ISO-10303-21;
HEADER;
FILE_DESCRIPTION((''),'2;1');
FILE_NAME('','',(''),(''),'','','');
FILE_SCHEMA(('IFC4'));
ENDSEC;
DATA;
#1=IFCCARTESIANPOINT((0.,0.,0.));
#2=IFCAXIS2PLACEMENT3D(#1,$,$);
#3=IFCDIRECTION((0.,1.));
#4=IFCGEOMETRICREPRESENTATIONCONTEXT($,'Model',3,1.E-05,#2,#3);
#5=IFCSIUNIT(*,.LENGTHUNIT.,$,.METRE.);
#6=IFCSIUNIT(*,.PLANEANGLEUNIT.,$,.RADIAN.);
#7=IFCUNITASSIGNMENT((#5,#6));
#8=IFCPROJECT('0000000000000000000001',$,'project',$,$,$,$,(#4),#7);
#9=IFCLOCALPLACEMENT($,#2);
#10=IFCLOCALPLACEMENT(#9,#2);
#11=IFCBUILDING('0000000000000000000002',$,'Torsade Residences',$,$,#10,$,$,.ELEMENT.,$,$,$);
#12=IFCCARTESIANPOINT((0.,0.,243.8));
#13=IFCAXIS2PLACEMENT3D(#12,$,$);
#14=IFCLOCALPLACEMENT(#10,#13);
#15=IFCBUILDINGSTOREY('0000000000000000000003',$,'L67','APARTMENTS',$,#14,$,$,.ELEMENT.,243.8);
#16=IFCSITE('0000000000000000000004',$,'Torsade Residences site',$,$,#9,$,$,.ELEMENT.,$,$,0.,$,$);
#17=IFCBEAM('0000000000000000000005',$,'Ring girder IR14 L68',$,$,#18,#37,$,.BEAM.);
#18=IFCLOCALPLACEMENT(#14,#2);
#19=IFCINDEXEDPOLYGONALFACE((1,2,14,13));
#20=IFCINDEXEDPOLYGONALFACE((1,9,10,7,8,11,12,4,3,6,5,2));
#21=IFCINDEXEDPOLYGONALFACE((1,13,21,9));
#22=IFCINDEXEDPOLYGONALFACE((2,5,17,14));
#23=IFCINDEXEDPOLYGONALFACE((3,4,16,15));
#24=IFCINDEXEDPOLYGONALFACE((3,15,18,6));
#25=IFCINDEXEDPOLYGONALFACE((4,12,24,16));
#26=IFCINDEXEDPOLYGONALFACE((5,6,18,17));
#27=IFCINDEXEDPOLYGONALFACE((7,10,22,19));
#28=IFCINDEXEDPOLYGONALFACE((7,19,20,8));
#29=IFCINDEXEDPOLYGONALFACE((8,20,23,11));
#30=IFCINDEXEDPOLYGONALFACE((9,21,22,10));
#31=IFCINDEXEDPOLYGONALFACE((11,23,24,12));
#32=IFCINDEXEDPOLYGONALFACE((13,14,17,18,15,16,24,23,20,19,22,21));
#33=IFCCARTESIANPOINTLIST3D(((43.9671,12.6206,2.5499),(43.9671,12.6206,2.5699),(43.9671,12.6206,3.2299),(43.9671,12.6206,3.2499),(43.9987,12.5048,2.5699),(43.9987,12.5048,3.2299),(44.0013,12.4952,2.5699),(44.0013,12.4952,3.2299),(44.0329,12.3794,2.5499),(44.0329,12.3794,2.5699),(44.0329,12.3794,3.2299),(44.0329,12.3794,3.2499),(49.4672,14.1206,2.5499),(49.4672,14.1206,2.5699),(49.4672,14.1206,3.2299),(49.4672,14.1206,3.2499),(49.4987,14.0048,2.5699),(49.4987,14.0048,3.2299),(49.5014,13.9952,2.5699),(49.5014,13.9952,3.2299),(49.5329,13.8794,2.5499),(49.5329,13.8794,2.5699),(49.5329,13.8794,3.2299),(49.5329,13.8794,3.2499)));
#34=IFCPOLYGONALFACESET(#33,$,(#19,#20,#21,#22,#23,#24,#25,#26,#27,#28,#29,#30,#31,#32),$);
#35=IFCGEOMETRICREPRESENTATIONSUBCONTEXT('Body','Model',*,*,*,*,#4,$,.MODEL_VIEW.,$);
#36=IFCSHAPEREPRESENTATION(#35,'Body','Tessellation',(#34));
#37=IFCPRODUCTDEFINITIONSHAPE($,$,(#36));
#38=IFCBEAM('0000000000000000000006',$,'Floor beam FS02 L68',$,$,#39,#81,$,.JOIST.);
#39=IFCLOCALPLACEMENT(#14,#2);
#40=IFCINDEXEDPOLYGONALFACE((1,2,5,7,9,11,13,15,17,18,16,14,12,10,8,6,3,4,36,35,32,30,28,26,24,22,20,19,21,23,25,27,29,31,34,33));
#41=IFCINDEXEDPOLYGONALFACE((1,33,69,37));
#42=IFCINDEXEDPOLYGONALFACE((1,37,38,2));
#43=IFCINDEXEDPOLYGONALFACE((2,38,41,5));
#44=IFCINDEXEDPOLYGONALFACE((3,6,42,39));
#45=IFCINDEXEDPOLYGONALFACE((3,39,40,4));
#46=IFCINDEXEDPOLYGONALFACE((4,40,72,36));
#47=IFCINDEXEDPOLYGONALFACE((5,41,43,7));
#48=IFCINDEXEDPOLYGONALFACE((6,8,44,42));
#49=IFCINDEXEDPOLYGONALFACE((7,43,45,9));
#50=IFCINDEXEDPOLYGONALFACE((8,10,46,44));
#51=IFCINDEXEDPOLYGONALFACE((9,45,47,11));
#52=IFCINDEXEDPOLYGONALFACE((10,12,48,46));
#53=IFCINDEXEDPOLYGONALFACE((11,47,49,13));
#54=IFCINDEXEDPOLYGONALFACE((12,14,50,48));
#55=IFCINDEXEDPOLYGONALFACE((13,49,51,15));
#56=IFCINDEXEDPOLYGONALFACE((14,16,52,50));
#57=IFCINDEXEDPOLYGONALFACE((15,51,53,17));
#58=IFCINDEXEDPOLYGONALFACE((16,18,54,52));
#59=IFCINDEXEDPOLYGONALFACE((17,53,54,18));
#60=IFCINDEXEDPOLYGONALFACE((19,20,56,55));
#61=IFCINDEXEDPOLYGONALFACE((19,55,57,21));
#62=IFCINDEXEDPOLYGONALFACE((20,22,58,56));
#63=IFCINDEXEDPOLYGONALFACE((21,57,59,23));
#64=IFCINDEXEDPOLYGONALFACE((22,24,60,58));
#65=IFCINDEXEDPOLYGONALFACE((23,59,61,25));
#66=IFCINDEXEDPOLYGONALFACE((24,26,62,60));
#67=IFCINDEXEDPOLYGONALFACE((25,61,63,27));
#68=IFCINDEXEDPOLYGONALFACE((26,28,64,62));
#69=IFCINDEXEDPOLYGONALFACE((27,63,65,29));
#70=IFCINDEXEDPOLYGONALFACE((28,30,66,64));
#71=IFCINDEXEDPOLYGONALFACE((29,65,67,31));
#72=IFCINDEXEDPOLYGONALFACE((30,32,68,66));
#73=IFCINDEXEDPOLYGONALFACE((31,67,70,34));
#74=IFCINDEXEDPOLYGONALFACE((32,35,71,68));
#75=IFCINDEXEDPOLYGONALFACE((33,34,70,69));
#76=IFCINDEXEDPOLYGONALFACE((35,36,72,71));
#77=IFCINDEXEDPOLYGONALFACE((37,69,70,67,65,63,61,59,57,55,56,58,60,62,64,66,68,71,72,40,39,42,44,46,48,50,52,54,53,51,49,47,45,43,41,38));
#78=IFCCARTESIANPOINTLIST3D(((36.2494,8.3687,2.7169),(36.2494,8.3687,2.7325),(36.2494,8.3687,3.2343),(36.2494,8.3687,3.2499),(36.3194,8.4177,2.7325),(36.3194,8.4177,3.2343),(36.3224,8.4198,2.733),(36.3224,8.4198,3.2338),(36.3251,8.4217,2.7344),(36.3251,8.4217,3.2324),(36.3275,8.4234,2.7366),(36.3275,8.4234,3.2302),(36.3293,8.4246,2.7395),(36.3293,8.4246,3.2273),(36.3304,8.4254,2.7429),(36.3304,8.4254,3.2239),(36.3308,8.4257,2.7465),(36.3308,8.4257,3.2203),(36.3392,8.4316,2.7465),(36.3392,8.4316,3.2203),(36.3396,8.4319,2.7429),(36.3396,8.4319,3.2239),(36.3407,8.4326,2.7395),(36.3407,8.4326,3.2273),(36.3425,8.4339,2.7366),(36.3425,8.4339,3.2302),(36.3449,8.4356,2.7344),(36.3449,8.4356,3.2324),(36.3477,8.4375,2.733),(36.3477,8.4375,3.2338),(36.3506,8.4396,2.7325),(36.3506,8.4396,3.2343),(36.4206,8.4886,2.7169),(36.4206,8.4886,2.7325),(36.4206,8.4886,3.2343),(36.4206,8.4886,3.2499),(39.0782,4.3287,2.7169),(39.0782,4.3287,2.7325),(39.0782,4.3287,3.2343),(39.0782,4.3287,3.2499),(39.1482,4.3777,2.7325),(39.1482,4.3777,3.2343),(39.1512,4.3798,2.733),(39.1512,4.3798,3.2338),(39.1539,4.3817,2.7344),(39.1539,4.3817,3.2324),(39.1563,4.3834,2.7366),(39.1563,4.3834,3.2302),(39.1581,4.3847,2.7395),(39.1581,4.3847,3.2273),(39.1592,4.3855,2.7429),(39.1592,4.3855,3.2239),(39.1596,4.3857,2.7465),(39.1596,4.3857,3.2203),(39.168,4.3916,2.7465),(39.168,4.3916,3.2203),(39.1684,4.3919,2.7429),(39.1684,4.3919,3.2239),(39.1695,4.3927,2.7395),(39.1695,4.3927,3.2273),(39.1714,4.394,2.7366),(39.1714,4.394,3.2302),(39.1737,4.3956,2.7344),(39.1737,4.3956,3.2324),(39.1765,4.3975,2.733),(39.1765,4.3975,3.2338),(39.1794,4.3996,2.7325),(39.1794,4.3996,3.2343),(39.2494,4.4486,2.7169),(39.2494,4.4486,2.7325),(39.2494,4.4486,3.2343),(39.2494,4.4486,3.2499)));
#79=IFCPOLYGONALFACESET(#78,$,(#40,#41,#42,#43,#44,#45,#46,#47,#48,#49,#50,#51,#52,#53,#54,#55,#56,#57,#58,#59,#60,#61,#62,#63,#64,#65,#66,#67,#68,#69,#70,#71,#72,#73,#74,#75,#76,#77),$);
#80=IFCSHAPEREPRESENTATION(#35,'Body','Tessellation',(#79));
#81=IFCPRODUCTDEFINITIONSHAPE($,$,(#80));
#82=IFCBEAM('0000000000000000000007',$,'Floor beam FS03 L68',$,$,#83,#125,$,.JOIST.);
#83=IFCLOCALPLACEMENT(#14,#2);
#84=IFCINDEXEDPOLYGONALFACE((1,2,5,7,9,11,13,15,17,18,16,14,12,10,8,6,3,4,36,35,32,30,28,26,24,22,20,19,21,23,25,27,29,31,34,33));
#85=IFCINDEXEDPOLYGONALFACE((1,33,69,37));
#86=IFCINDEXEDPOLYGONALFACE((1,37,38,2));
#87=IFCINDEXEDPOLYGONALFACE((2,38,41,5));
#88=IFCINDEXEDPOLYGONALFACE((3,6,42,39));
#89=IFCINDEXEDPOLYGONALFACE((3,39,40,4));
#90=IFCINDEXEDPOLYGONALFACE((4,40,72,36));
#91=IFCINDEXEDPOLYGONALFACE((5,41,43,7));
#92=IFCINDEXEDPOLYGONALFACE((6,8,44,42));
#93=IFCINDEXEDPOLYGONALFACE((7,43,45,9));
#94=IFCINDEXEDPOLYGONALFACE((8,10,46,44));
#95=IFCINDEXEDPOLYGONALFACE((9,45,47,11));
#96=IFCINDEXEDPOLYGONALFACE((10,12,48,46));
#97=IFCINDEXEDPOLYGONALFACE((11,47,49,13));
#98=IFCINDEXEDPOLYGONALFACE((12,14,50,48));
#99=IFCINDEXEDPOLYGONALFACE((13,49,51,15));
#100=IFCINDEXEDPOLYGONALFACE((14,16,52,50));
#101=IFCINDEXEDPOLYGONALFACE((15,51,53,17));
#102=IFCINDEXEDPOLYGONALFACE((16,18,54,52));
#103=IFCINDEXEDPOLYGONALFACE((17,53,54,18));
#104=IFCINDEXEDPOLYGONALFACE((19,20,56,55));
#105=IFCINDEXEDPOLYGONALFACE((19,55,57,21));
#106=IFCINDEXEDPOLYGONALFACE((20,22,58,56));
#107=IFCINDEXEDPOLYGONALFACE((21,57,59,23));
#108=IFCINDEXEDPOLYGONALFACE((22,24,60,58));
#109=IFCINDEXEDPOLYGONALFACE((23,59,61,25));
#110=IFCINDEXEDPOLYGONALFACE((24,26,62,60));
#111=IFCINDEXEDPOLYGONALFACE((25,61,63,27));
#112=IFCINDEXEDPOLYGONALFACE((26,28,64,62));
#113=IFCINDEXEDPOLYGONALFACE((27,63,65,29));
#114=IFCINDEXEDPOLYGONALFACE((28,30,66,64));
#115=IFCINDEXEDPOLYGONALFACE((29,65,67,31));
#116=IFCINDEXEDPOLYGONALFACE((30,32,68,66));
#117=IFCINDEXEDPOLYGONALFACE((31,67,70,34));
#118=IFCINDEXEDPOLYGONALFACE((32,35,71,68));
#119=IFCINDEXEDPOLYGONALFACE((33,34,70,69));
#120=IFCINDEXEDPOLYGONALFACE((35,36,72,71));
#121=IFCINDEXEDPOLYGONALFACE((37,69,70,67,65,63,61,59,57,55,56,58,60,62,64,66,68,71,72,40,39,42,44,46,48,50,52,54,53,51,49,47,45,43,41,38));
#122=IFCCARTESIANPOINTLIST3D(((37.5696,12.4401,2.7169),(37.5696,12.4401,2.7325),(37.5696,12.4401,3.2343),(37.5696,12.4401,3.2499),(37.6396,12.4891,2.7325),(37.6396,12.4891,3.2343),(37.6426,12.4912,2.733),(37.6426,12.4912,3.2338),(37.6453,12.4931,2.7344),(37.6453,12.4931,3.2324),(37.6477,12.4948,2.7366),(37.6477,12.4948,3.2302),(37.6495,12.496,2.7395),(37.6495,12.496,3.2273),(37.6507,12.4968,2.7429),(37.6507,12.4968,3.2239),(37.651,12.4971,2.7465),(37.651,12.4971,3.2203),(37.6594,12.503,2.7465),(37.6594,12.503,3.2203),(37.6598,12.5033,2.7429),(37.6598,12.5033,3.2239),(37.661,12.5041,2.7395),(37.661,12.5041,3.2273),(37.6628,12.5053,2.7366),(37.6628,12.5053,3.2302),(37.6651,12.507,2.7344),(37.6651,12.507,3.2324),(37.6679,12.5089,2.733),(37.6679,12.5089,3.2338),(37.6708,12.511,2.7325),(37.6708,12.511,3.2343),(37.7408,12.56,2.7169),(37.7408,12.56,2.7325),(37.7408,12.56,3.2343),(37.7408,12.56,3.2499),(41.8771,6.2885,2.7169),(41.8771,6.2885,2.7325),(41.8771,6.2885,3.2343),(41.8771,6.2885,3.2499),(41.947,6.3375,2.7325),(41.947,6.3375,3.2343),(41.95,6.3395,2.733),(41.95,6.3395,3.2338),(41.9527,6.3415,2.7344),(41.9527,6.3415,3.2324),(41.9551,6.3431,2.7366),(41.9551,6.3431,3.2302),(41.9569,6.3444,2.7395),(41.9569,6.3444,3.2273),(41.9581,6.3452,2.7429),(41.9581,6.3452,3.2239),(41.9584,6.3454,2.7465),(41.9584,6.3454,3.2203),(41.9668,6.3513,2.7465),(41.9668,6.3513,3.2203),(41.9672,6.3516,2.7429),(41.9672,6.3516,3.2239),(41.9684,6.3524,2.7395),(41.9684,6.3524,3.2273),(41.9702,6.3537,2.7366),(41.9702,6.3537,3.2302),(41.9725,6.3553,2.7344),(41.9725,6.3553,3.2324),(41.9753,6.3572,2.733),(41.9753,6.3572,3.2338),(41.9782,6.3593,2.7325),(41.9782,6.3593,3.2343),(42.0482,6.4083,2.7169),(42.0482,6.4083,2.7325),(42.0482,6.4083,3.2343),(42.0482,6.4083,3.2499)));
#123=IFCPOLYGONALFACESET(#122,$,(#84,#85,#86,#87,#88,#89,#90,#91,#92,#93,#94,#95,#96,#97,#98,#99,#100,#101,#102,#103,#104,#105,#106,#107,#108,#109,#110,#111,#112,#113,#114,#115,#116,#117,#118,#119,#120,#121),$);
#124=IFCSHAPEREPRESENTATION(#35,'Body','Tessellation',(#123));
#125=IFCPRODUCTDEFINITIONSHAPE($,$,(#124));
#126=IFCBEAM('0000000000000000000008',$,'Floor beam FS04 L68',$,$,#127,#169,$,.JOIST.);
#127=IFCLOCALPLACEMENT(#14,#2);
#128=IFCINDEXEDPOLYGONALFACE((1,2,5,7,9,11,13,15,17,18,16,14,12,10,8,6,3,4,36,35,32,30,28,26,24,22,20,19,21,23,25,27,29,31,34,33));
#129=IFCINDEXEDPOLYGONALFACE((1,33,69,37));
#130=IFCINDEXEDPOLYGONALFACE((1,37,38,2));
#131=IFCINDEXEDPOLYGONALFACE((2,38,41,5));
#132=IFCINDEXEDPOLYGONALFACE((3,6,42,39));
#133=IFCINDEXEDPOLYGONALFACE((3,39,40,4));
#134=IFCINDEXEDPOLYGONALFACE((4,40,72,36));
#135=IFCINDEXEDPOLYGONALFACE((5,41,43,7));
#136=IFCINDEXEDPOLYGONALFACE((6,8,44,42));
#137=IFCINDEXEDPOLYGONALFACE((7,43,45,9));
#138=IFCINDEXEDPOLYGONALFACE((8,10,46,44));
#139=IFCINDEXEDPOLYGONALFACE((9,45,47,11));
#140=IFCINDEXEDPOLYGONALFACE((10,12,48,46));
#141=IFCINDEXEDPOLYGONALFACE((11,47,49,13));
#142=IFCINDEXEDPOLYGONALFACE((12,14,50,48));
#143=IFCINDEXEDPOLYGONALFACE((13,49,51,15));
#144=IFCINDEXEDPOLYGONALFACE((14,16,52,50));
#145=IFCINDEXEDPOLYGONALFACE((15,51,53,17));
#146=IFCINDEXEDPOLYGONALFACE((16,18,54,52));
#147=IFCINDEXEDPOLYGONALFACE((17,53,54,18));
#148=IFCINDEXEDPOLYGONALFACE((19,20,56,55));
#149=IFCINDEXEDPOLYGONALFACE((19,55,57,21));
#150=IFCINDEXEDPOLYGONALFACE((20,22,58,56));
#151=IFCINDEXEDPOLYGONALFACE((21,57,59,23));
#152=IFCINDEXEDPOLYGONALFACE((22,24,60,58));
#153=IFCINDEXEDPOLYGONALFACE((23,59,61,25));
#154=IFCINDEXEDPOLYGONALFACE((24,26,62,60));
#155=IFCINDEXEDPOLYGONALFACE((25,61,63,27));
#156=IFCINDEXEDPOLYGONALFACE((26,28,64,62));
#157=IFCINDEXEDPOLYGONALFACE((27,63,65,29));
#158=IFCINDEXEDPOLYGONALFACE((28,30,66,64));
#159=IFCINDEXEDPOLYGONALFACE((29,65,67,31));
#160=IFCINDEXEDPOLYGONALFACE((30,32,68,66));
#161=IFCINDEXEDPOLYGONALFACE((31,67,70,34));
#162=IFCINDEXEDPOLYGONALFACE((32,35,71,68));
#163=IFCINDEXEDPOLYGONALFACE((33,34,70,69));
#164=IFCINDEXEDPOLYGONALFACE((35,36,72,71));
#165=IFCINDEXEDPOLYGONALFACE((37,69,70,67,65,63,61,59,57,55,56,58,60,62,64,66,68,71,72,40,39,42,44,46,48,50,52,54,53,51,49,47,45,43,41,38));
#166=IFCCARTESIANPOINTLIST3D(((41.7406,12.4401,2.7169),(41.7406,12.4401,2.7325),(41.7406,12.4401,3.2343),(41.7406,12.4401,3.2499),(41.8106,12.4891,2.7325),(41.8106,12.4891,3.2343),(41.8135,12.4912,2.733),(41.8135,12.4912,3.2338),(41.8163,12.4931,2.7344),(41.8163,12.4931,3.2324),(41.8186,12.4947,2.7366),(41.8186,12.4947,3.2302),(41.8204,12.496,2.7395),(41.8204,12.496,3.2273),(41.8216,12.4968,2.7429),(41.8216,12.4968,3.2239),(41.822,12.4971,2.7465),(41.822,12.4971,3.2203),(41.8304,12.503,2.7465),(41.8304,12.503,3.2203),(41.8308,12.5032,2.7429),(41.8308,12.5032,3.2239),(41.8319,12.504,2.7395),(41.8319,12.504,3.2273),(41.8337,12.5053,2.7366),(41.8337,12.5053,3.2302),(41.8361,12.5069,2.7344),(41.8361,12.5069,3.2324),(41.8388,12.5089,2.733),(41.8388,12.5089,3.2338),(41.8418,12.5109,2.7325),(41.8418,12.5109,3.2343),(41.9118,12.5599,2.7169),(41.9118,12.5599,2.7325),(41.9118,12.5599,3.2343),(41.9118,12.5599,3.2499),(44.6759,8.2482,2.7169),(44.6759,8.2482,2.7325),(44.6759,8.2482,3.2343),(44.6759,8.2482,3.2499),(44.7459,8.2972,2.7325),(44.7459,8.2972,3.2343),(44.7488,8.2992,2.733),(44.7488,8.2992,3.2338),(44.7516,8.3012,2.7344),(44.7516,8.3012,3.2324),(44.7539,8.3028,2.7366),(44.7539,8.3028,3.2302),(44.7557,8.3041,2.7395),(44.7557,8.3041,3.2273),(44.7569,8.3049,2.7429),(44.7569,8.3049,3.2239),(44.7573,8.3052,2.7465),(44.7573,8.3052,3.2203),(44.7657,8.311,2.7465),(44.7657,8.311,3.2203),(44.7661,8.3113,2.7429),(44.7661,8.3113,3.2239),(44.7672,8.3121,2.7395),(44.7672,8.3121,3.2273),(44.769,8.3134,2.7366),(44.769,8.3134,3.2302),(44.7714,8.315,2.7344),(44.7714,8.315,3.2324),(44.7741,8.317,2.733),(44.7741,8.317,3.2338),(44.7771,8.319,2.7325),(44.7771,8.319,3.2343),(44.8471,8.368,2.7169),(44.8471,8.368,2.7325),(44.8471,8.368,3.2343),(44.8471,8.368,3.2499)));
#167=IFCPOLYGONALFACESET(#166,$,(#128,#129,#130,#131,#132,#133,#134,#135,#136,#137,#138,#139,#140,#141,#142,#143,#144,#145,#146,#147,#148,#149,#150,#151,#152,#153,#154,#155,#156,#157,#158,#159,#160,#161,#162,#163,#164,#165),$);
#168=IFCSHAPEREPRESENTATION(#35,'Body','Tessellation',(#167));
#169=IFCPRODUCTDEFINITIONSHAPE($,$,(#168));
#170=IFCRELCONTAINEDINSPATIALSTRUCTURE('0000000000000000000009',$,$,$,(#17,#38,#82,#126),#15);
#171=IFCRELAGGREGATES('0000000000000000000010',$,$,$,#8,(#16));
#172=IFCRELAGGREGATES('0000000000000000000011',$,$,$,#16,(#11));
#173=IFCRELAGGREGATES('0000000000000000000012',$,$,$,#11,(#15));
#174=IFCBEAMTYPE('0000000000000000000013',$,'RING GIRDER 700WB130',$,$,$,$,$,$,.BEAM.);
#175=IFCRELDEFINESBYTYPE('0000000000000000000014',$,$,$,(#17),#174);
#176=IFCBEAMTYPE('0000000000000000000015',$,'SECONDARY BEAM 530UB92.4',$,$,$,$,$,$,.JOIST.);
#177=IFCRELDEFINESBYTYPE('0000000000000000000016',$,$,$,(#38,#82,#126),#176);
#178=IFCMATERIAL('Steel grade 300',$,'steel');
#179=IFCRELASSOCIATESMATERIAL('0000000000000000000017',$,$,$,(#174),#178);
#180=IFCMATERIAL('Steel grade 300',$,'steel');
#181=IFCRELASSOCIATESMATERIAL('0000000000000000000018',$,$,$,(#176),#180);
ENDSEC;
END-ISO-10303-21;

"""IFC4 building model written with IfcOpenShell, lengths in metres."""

from ifc_helpers import new_model, si_unit, direction, frame, origin, origin_2d, place, context, subcontext, project, spatial, i_section, extrude, material, material_profile, profile_set, type_object, element, save


model = new_model("IFC4")

# Units and contexts
model_context = context("Model", 3, precision=1e-05, world=origin(), true_north=direction((0.0, 1.0)))
body_context = subcontext(model_context, "Body", "Model", "MODEL_VIEW")
ifc_project = project(units=[si_unit("LENGTHUNIT", "METRE"), si_unit("PLANEANGLEUNIT", "RADIAN")], contexts=[model_context])

# Site, building, storey
site_placement = place(None, origin())
site = spatial("IfcSite", under=ifc_project, at=site_placement, Name="Torsade Residences site", CompositionType="ELEMENT", RefElevation=0.0)
building_placement = place(site_placement, origin())
building = spatial("IfcBuilding", under=site, at=building_placement, Name="Torsade Residences", CompositionType="ELEMENT")
storey_placement = place(building_placement, frame((0.0, 0.0, 243.8)))
storey = spatial("IfcBuildingStorey", under=building, at=storey_placement, Name="L67", Description="APARTMENTS", CompositionType="ELEMENT", Elevation=243.8)

# Beams
ifc_material_1 = material(Name="Steel grade 300", Category="steel")
ifc_material_profile_1 = material_profile(ifc_material_1, i_section(OverallWidth=0.25, OverallDepth=0.7, WebThickness=0.01, FlangeThickness=0.02, at=origin_2d()), Name="700WB130")
ifc_profile_set_1 = profile_set([ifc_material_profile_1], Name="Steel grade 300")
beam_type_1 = type_object("IfcBeamType", Name="RING GIRDER 700WB130", PredefinedType="BEAM", material=ifc_profile_set_1)
beam_1_placement = place(storey_placement, frame((44.0, 12.5, 2.8999), z_axis=(0.964764, 0.263117, 0.0), x_axis=(-0.263117, 0.964764, 0.0)))
element("IfcBeam", 1, at=beam_1_placement, inside=storey, type_object=beam_type_1, Name="Ring girder IR14 L68", PredefinedType="BEAM", context=body_context, shape_type="SweptSolid", body=[
    extrude(i_section(OverallWidth=0.25, OverallDepth=0.7, WebThickness=0.01, FlangeThickness=0.02, at=origin_2d()), origin(), (0.0, 0.0, 1.0), 5.7009),
])
ifc_material_2 = material(Name="Steel grade 300", Category="steel")
ifc_material_profile_2 = material_profile(ifc_material_2, i_section(OverallWidth=0.209, OverallDepth=0.533, WebThickness=0.0103, FlangeThickness=0.0156, FilletRadius=0.0139, at=origin_2d()), Name="530UB92.4")
ifc_profile_set_2 = profile_set([ifc_material_profile_2], Name="Steel grade 300")
beam_type_2 = type_object("IfcBeamType", Name="SECONDARY BEAM 530UB92.4", PredefinedType="JOIST", material=ifc_profile_set_2)
beam_2_placement = place(storey_placement, frame((39.1638, 4.3887, 2.9834), z_axis=(-0.573575, 0.819153, 0.0), x_axis=(-0.819153, -0.573575, 0.0)))
element("IfcBeam", 2, at=beam_2_placement, inside=storey, type_object=beam_type_2, Name="Floor beam FS02 L68", PredefinedType="JOIST", context=body_context, shape_type="SweptSolid", body=[
    extrude(i_section(OverallWidth=0.209, OverallDepth=0.533, WebThickness=0.0103, FlangeThickness=0.0156, FilletRadius=0.0139, at=origin_2d()), origin(), (0.0, 0.0, 1.0), 4.9319),
])
beam_3_placement = place(storey_placement, frame((41.9626, 6.3484, 2.9834), z_axis=(-0.573574, 0.819154, 0.0), x_axis=(-0.819154, -0.573574, 0.0)))
element("IfcBeam", 3, at=beam_3_placement, inside=storey, type_object=beam_type_2, Name="Floor beam FS03 L68", PredefinedType="JOIST", context=body_context, shape_type="SweptSolid", body=[
    extrude(i_section(OverallWidth=0.209, OverallDepth=0.533, WebThickness=0.0103, FlangeThickness=0.0156, FilletRadius=0.0139, at=origin_2d()), origin(), (0.0, 0.0, 1.0), 7.5098),
])
beam_4_placement = place(storey_placement, frame((44.7615, 8.3081, 2.9834), z_axis=(-0.57359, 0.819142, 0.0), x_axis=(-0.819142, -0.57359, 0.0)))
element("IfcBeam", 4, at=beam_4_placement, inside=storey, type_object=beam_type_2, Name="Floor beam FS04 L68", PredefinedType="JOIST", context=body_context, shape_type="SweptSolid", body=[
    extrude(i_section(OverallWidth=0.209, OverallDepth=0.533, WebThickness=0.0103, FlangeThickness=0.0156, FilletRadius=0.0139, at=origin_2d()), origin(), (0.0, 0.0, 1.0), 5.1174),
])

save(model, "model.ifc")
